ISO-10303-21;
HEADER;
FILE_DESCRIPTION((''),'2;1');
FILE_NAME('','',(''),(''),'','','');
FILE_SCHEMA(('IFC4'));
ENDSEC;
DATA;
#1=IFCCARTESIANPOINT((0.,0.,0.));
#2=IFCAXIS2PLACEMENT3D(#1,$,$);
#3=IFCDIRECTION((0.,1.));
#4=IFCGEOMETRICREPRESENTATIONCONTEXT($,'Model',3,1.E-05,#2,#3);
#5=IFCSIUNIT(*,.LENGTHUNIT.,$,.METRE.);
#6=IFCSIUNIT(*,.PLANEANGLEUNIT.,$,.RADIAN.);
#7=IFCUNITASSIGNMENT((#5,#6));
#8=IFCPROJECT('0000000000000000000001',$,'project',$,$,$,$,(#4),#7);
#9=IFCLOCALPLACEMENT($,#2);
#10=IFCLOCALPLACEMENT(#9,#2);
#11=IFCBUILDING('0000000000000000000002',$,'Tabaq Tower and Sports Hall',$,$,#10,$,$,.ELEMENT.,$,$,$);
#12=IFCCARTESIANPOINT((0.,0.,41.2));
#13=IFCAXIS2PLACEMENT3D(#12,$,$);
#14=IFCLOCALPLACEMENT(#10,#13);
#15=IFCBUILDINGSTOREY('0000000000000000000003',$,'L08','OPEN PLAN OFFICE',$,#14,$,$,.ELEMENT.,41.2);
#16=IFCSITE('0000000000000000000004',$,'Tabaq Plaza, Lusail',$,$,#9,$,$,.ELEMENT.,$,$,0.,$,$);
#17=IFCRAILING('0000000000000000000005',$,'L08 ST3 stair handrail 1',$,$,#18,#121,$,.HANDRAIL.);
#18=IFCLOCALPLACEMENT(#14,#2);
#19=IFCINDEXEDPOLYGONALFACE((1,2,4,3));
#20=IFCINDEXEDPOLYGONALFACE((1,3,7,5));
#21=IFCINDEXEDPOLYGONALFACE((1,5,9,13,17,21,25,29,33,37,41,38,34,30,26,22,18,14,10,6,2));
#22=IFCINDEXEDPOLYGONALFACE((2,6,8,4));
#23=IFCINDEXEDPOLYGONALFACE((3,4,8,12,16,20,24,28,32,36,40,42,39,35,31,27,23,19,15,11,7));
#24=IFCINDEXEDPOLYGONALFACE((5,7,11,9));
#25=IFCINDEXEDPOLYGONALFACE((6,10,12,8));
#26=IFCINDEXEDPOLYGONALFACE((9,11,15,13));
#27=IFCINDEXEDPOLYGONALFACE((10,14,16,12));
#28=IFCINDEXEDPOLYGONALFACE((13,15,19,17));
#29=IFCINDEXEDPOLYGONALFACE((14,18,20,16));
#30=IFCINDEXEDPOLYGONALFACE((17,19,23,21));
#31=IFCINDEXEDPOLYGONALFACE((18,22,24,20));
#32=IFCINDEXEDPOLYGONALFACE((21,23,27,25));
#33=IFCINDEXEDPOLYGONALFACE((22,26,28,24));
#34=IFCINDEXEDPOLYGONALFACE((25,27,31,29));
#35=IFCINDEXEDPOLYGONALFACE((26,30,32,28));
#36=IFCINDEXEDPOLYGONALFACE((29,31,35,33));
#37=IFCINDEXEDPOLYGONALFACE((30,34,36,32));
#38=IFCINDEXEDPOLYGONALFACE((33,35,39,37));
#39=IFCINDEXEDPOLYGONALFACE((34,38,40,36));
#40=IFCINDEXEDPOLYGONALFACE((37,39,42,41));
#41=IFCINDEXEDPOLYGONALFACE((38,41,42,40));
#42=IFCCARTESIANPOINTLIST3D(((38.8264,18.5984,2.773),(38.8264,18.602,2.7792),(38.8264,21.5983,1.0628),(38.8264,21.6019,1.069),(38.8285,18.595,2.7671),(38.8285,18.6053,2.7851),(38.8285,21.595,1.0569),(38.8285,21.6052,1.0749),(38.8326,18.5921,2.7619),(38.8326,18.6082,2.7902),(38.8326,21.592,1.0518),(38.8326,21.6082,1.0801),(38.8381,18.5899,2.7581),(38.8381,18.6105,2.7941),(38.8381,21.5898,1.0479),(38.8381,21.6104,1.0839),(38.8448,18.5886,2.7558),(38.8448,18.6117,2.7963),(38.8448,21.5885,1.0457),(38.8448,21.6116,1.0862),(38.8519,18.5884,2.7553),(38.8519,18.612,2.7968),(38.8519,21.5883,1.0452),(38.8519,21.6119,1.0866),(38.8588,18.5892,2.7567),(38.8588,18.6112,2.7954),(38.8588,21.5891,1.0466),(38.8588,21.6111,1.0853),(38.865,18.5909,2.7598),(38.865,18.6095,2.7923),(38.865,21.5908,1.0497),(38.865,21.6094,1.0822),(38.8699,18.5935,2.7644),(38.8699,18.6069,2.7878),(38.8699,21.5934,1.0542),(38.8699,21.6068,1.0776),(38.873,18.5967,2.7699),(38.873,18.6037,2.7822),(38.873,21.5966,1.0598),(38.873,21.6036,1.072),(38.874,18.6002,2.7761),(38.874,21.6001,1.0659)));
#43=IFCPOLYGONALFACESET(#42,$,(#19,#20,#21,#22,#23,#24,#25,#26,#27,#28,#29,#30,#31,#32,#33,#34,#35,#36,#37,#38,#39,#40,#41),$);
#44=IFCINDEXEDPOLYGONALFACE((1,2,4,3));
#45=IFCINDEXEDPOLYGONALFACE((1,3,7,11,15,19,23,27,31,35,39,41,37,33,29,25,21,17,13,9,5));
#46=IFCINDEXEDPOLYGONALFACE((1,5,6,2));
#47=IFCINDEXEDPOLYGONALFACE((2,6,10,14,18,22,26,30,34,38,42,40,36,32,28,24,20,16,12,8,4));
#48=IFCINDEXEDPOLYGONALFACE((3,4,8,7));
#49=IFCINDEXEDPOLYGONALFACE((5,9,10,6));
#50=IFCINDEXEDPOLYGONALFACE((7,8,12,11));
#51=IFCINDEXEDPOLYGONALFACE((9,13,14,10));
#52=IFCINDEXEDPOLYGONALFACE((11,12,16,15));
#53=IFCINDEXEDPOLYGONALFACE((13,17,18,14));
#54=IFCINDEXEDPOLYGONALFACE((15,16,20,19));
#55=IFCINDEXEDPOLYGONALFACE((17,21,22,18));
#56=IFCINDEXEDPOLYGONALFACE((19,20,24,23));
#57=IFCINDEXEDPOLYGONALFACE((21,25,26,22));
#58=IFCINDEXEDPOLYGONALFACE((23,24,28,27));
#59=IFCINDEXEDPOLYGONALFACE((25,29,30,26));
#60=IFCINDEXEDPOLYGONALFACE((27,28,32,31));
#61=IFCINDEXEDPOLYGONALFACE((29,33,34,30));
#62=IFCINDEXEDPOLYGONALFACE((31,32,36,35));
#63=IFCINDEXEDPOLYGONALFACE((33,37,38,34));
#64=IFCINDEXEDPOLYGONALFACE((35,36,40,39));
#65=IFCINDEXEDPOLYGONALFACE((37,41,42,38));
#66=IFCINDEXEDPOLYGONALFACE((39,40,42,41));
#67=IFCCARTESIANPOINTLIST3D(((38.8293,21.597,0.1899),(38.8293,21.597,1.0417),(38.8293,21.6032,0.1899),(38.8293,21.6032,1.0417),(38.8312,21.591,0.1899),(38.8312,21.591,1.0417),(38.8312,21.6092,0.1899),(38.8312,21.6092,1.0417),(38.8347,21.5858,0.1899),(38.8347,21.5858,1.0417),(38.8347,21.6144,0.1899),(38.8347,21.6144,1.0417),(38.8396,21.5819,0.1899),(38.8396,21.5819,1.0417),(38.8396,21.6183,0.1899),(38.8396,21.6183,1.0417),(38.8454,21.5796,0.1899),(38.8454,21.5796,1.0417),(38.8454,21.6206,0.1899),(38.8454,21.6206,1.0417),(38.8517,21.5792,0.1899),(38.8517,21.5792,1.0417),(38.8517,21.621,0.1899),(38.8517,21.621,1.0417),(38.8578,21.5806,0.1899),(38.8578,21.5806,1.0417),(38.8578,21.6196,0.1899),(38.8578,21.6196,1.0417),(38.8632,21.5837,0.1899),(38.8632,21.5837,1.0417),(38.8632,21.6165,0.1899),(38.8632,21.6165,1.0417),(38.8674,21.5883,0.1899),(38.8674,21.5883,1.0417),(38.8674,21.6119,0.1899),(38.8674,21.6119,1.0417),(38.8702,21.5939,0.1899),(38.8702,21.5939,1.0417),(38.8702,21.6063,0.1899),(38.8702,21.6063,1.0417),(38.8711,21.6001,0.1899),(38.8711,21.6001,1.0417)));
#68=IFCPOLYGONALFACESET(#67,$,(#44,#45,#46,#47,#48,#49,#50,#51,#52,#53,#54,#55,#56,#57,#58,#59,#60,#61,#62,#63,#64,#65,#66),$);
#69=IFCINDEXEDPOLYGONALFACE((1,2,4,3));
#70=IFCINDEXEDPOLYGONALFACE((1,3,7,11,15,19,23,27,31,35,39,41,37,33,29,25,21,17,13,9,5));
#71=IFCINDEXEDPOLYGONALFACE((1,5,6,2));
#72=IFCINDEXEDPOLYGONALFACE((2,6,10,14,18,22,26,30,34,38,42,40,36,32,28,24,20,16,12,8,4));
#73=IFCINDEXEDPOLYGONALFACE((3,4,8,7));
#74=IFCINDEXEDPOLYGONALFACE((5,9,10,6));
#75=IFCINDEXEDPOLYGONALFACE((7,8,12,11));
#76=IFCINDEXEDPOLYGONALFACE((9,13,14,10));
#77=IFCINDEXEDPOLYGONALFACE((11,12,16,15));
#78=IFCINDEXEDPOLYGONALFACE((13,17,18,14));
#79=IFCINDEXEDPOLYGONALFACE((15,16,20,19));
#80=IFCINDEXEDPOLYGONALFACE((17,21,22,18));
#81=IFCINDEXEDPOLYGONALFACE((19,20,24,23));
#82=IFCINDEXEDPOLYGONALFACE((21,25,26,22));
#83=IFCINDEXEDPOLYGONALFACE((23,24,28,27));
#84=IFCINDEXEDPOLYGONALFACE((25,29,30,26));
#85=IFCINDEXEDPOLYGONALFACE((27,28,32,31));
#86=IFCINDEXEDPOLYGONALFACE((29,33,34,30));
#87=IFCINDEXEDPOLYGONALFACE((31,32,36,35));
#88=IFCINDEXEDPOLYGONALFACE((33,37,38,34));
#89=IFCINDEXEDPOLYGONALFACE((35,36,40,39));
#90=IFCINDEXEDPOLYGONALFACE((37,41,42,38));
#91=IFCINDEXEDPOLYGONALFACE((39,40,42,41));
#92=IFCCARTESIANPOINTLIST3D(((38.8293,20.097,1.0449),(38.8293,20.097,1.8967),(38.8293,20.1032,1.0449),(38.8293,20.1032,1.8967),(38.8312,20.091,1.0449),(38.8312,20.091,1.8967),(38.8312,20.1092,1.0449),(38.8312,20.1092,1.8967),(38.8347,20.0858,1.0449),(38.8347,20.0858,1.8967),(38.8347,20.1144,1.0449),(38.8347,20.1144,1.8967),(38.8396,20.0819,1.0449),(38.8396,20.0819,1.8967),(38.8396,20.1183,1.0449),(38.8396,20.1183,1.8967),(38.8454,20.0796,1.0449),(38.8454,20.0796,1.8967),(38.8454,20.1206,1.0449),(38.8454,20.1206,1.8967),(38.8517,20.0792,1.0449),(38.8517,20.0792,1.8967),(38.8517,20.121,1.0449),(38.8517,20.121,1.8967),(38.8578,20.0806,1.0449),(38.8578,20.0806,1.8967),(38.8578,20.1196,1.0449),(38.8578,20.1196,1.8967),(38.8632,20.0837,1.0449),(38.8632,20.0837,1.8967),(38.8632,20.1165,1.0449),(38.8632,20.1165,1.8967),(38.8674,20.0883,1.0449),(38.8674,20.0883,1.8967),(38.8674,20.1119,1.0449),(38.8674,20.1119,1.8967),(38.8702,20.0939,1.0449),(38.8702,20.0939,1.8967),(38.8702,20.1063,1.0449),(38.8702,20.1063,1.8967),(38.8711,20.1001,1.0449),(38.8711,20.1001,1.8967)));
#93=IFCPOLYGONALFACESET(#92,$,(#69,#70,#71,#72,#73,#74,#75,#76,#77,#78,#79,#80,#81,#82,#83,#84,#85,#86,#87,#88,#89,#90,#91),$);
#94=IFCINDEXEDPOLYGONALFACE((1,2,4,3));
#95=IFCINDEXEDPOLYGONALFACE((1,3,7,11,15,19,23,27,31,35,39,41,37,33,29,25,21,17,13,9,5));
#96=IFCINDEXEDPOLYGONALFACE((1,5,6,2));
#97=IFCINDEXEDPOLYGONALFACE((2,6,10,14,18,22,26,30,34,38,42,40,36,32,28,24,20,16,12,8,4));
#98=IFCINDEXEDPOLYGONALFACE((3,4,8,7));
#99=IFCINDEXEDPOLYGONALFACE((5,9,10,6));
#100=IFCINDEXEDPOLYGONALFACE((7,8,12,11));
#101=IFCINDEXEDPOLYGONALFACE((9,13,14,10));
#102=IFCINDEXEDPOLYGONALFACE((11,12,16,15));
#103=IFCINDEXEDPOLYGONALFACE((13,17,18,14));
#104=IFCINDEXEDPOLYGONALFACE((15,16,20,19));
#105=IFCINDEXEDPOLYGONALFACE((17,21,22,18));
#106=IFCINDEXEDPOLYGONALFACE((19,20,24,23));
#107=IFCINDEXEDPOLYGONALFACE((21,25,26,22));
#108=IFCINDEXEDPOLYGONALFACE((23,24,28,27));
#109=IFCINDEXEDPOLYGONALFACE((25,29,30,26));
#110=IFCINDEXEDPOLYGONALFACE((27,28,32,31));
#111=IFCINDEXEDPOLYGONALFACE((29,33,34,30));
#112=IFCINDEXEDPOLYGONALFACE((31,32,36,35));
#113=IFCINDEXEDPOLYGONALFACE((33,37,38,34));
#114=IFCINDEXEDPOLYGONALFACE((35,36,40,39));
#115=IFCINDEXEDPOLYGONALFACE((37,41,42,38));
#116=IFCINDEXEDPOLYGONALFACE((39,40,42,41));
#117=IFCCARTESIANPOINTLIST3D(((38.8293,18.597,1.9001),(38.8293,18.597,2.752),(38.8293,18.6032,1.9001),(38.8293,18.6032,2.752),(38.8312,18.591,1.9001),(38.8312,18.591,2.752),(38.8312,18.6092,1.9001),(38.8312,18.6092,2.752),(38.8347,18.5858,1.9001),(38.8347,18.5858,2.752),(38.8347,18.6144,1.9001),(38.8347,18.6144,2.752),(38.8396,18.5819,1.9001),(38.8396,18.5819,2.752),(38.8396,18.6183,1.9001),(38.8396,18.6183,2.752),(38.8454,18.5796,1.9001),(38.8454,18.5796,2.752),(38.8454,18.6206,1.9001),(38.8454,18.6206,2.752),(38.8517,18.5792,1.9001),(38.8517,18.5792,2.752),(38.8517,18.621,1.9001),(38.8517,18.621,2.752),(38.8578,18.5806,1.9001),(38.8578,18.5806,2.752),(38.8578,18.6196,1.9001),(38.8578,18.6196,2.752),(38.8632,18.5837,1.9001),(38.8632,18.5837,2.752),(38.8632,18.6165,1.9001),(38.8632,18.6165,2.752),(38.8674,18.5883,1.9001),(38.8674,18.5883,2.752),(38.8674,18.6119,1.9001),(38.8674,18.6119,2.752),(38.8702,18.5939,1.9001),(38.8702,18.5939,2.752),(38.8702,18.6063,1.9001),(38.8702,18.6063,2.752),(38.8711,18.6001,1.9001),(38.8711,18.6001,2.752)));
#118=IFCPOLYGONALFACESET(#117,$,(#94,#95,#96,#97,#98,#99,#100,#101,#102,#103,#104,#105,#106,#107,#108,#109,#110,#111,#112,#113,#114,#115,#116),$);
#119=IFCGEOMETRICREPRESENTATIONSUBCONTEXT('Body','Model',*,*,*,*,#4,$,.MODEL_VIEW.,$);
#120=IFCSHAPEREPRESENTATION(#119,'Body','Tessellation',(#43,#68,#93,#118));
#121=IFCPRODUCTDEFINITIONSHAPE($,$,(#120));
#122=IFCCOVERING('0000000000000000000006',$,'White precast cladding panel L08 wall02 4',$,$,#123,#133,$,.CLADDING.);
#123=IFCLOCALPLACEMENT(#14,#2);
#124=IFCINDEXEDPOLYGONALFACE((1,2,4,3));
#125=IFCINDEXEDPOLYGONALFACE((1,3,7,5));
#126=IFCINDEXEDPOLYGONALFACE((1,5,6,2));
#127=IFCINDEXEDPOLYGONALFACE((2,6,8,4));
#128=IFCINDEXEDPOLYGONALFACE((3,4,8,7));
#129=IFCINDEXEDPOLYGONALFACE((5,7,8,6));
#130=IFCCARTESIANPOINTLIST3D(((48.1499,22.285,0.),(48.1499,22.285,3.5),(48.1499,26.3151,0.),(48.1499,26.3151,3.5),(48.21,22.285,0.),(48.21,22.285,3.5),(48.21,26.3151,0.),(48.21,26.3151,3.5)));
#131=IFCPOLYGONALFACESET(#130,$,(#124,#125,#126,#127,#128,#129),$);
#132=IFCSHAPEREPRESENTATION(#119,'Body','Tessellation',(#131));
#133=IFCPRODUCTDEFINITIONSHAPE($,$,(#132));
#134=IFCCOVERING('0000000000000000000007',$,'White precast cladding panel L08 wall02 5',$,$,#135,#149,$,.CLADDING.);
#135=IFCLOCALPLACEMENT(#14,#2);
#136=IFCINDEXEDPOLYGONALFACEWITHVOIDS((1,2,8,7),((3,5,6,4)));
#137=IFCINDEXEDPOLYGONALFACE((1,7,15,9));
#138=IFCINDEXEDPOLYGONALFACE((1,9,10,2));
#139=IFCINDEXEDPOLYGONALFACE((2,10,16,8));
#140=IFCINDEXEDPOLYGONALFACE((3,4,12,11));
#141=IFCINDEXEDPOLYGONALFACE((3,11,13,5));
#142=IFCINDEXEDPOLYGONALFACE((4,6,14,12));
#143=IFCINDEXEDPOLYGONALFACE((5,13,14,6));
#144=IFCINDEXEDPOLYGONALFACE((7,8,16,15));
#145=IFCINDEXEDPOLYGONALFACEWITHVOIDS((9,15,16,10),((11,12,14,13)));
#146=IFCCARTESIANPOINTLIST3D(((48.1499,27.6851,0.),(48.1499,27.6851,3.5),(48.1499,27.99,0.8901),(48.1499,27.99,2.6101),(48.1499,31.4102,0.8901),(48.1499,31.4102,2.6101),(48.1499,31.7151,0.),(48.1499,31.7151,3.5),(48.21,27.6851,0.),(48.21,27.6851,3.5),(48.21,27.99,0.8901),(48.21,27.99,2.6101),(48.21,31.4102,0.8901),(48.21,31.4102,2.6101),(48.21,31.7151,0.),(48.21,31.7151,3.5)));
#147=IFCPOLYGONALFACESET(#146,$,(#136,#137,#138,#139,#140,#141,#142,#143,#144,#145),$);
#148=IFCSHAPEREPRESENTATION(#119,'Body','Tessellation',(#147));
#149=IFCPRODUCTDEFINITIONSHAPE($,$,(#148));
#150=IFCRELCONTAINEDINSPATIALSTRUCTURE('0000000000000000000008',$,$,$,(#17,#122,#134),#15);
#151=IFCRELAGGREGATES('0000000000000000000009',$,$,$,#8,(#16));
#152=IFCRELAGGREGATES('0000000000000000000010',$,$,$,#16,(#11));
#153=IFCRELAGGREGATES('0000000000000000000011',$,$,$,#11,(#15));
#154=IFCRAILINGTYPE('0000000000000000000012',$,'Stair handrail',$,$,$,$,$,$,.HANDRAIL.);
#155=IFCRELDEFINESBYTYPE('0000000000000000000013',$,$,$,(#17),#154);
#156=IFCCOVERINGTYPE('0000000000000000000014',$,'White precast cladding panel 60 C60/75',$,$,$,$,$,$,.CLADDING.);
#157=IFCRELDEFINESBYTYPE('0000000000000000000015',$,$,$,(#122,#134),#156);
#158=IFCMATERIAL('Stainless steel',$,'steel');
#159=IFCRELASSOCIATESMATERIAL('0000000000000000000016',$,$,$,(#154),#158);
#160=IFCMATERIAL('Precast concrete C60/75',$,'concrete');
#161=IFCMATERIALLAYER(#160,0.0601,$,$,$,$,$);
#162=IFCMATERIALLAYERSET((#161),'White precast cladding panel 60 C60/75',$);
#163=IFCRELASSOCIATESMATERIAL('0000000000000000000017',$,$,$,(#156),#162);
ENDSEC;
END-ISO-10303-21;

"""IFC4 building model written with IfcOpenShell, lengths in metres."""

from ifc_helpers import new_model, si_unit, direction, frame, frame_2d, origin, origin_2d, place, context, subcontext, project, spatial, polyline, rectangle, circle, outline, extrude, material, layer, layer_set, type_object, element, save


model = new_model("IFC4")

# Units and contexts
model_context = context("Model", 3, precision=1e-05, world=origin(), true_north=direction((0.0, 1.0)))
body_context = subcontext(model_context, "Body", "Model", "MODEL_VIEW")
ifc_project = project(units=[si_unit("LENGTHUNIT", "METRE"), si_unit("PLANEANGLEUNIT", "RADIAN")], contexts=[model_context])

# Site, building, storey
site_placement = place(None, origin())
site = spatial("IfcSite", under=ifc_project, at=site_placement, Name="Tabaq Plaza, Lusail", CompositionType="ELEMENT", RefElevation=0.0)
building_placement = place(site_placement, origin())
building = spatial("IfcBuilding", under=site, at=building_placement, Name="Tabaq Tower and Sports Hall", CompositionType="ELEMENT")
storey_placement = place(building_placement, frame((0.0, 0.0, 41.2)))
storey = spatial("IfcBuildingStorey", under=building, at=storey_placement, Name="L08", Description="OPEN PLAN OFFICE", CompositionType="ELEMENT", Elevation=41.2)

# Railing
ifc_material_1 = material(Name="Stainless steel", Category="steel")
railing_type_1 = type_object("IfcRailingType", Name="Stair handrail", PredefinedType="HANDRAIL", material=ifc_material_1)
railing_1_placement = place(storey_placement, frame((38.8501, 21.6001, 0.1899)))
element("IfcRailing", 1, at=railing_1_placement, inside=storey, type_object=railing_type_1, Name="L08 ST3 stair handrail 1", PredefinedType="HANDRAIL", context=body_context, shape_type="SweptSolid", body=[
    extrude(circle(Radius=0.0239, at=origin_2d()), frame((0.0, 0.0, 0.876), z_axis=(0.0, -0.868752, 0.495248), x_axis=(1.0, 0.0, 0.0)), (0.0, 0.0, 1.0), 3.4531),
    extrude(circle(Radius=0.021, at=origin_2d()), origin(), (0.0, 0.0, 1.0), 0.8518),
    extrude(circle(Radius=0.021, at=origin_2d()), frame((0.0, -1.5, 0.855)), (0.0, 0.0, 1.0), 0.8518),
    extrude(circle(Radius=0.021, at=origin_2d()), frame((0.0, -3.0, 1.7102)), (0.0, 0.0, 1.0), 0.8518),
])

# Coverings
ifc_material_2 = material(Name="Precast concrete C60/75", Category="concrete")
ifc_layer_1 = layer(ifc_material_2, 0.0601)
ifc_layer_set_1 = layer_set([ifc_layer_1], Name="White precast cladding panel 60 C60/75")
covering_type_1 = type_object("IfcCoveringType", Name="White precast cladding panel 60 C60/75", PredefinedType="CLADDING", material=ifc_layer_set_1)
covering_1_placement = place(storey_placement, frame((48.1799, 22.2849, 0.0), z_axis=(0.0, 0.0, 1.0), x_axis=(0.0, 1.0, 0.0)))
element("IfcCovering", 2, at=covering_1_placement, inside=storey, type_object=covering_type_1, Name="White precast cladding panel L08 wall02 4", PredefinedType="CLADDING", context=body_context, shape_type="SweptSolid", body=[
    extrude(rectangle(XDim=4.03, YDim=0.0601, at=frame_2d((2.0151, 0.0))), origin(), (0.0, 0.0, 1.0), 3.5),
])
covering_2_placement = place(storey_placement, frame((48.1799, 27.6851, 0.0), z_axis=(0.0, 0.0, 1.0), x_axis=(0.0, 1.0, 0.0)))
element("IfcCovering", 3, at=covering_2_placement, inside=storey, type_object=covering_type_1, Name="White precast cladding panel L08 wall02 5", PredefinedType="CLADDING", context=body_context, shape_type="SweptSolid", body=[
    extrude(outline(polyline([(0.0, 0.0), (4.03, 0.0), (4.03, 3.5), (0.0, 3.5), (0.0, 0.0)]), holes=[polyline([(0.3049, 0.8901), (0.3049, 2.6101), (3.7251, 2.6101), (3.7251, 0.8901), (0.3049, 0.8901)])]), frame((0.0, 0.03, 0.0), z_axis=(0.0, -1.0, 0.0), x_axis=(1.0, 0.0, 0.0)), (0.0, 0.0, 1.0), 0.0601),
])

save(model, "model.ifc")
